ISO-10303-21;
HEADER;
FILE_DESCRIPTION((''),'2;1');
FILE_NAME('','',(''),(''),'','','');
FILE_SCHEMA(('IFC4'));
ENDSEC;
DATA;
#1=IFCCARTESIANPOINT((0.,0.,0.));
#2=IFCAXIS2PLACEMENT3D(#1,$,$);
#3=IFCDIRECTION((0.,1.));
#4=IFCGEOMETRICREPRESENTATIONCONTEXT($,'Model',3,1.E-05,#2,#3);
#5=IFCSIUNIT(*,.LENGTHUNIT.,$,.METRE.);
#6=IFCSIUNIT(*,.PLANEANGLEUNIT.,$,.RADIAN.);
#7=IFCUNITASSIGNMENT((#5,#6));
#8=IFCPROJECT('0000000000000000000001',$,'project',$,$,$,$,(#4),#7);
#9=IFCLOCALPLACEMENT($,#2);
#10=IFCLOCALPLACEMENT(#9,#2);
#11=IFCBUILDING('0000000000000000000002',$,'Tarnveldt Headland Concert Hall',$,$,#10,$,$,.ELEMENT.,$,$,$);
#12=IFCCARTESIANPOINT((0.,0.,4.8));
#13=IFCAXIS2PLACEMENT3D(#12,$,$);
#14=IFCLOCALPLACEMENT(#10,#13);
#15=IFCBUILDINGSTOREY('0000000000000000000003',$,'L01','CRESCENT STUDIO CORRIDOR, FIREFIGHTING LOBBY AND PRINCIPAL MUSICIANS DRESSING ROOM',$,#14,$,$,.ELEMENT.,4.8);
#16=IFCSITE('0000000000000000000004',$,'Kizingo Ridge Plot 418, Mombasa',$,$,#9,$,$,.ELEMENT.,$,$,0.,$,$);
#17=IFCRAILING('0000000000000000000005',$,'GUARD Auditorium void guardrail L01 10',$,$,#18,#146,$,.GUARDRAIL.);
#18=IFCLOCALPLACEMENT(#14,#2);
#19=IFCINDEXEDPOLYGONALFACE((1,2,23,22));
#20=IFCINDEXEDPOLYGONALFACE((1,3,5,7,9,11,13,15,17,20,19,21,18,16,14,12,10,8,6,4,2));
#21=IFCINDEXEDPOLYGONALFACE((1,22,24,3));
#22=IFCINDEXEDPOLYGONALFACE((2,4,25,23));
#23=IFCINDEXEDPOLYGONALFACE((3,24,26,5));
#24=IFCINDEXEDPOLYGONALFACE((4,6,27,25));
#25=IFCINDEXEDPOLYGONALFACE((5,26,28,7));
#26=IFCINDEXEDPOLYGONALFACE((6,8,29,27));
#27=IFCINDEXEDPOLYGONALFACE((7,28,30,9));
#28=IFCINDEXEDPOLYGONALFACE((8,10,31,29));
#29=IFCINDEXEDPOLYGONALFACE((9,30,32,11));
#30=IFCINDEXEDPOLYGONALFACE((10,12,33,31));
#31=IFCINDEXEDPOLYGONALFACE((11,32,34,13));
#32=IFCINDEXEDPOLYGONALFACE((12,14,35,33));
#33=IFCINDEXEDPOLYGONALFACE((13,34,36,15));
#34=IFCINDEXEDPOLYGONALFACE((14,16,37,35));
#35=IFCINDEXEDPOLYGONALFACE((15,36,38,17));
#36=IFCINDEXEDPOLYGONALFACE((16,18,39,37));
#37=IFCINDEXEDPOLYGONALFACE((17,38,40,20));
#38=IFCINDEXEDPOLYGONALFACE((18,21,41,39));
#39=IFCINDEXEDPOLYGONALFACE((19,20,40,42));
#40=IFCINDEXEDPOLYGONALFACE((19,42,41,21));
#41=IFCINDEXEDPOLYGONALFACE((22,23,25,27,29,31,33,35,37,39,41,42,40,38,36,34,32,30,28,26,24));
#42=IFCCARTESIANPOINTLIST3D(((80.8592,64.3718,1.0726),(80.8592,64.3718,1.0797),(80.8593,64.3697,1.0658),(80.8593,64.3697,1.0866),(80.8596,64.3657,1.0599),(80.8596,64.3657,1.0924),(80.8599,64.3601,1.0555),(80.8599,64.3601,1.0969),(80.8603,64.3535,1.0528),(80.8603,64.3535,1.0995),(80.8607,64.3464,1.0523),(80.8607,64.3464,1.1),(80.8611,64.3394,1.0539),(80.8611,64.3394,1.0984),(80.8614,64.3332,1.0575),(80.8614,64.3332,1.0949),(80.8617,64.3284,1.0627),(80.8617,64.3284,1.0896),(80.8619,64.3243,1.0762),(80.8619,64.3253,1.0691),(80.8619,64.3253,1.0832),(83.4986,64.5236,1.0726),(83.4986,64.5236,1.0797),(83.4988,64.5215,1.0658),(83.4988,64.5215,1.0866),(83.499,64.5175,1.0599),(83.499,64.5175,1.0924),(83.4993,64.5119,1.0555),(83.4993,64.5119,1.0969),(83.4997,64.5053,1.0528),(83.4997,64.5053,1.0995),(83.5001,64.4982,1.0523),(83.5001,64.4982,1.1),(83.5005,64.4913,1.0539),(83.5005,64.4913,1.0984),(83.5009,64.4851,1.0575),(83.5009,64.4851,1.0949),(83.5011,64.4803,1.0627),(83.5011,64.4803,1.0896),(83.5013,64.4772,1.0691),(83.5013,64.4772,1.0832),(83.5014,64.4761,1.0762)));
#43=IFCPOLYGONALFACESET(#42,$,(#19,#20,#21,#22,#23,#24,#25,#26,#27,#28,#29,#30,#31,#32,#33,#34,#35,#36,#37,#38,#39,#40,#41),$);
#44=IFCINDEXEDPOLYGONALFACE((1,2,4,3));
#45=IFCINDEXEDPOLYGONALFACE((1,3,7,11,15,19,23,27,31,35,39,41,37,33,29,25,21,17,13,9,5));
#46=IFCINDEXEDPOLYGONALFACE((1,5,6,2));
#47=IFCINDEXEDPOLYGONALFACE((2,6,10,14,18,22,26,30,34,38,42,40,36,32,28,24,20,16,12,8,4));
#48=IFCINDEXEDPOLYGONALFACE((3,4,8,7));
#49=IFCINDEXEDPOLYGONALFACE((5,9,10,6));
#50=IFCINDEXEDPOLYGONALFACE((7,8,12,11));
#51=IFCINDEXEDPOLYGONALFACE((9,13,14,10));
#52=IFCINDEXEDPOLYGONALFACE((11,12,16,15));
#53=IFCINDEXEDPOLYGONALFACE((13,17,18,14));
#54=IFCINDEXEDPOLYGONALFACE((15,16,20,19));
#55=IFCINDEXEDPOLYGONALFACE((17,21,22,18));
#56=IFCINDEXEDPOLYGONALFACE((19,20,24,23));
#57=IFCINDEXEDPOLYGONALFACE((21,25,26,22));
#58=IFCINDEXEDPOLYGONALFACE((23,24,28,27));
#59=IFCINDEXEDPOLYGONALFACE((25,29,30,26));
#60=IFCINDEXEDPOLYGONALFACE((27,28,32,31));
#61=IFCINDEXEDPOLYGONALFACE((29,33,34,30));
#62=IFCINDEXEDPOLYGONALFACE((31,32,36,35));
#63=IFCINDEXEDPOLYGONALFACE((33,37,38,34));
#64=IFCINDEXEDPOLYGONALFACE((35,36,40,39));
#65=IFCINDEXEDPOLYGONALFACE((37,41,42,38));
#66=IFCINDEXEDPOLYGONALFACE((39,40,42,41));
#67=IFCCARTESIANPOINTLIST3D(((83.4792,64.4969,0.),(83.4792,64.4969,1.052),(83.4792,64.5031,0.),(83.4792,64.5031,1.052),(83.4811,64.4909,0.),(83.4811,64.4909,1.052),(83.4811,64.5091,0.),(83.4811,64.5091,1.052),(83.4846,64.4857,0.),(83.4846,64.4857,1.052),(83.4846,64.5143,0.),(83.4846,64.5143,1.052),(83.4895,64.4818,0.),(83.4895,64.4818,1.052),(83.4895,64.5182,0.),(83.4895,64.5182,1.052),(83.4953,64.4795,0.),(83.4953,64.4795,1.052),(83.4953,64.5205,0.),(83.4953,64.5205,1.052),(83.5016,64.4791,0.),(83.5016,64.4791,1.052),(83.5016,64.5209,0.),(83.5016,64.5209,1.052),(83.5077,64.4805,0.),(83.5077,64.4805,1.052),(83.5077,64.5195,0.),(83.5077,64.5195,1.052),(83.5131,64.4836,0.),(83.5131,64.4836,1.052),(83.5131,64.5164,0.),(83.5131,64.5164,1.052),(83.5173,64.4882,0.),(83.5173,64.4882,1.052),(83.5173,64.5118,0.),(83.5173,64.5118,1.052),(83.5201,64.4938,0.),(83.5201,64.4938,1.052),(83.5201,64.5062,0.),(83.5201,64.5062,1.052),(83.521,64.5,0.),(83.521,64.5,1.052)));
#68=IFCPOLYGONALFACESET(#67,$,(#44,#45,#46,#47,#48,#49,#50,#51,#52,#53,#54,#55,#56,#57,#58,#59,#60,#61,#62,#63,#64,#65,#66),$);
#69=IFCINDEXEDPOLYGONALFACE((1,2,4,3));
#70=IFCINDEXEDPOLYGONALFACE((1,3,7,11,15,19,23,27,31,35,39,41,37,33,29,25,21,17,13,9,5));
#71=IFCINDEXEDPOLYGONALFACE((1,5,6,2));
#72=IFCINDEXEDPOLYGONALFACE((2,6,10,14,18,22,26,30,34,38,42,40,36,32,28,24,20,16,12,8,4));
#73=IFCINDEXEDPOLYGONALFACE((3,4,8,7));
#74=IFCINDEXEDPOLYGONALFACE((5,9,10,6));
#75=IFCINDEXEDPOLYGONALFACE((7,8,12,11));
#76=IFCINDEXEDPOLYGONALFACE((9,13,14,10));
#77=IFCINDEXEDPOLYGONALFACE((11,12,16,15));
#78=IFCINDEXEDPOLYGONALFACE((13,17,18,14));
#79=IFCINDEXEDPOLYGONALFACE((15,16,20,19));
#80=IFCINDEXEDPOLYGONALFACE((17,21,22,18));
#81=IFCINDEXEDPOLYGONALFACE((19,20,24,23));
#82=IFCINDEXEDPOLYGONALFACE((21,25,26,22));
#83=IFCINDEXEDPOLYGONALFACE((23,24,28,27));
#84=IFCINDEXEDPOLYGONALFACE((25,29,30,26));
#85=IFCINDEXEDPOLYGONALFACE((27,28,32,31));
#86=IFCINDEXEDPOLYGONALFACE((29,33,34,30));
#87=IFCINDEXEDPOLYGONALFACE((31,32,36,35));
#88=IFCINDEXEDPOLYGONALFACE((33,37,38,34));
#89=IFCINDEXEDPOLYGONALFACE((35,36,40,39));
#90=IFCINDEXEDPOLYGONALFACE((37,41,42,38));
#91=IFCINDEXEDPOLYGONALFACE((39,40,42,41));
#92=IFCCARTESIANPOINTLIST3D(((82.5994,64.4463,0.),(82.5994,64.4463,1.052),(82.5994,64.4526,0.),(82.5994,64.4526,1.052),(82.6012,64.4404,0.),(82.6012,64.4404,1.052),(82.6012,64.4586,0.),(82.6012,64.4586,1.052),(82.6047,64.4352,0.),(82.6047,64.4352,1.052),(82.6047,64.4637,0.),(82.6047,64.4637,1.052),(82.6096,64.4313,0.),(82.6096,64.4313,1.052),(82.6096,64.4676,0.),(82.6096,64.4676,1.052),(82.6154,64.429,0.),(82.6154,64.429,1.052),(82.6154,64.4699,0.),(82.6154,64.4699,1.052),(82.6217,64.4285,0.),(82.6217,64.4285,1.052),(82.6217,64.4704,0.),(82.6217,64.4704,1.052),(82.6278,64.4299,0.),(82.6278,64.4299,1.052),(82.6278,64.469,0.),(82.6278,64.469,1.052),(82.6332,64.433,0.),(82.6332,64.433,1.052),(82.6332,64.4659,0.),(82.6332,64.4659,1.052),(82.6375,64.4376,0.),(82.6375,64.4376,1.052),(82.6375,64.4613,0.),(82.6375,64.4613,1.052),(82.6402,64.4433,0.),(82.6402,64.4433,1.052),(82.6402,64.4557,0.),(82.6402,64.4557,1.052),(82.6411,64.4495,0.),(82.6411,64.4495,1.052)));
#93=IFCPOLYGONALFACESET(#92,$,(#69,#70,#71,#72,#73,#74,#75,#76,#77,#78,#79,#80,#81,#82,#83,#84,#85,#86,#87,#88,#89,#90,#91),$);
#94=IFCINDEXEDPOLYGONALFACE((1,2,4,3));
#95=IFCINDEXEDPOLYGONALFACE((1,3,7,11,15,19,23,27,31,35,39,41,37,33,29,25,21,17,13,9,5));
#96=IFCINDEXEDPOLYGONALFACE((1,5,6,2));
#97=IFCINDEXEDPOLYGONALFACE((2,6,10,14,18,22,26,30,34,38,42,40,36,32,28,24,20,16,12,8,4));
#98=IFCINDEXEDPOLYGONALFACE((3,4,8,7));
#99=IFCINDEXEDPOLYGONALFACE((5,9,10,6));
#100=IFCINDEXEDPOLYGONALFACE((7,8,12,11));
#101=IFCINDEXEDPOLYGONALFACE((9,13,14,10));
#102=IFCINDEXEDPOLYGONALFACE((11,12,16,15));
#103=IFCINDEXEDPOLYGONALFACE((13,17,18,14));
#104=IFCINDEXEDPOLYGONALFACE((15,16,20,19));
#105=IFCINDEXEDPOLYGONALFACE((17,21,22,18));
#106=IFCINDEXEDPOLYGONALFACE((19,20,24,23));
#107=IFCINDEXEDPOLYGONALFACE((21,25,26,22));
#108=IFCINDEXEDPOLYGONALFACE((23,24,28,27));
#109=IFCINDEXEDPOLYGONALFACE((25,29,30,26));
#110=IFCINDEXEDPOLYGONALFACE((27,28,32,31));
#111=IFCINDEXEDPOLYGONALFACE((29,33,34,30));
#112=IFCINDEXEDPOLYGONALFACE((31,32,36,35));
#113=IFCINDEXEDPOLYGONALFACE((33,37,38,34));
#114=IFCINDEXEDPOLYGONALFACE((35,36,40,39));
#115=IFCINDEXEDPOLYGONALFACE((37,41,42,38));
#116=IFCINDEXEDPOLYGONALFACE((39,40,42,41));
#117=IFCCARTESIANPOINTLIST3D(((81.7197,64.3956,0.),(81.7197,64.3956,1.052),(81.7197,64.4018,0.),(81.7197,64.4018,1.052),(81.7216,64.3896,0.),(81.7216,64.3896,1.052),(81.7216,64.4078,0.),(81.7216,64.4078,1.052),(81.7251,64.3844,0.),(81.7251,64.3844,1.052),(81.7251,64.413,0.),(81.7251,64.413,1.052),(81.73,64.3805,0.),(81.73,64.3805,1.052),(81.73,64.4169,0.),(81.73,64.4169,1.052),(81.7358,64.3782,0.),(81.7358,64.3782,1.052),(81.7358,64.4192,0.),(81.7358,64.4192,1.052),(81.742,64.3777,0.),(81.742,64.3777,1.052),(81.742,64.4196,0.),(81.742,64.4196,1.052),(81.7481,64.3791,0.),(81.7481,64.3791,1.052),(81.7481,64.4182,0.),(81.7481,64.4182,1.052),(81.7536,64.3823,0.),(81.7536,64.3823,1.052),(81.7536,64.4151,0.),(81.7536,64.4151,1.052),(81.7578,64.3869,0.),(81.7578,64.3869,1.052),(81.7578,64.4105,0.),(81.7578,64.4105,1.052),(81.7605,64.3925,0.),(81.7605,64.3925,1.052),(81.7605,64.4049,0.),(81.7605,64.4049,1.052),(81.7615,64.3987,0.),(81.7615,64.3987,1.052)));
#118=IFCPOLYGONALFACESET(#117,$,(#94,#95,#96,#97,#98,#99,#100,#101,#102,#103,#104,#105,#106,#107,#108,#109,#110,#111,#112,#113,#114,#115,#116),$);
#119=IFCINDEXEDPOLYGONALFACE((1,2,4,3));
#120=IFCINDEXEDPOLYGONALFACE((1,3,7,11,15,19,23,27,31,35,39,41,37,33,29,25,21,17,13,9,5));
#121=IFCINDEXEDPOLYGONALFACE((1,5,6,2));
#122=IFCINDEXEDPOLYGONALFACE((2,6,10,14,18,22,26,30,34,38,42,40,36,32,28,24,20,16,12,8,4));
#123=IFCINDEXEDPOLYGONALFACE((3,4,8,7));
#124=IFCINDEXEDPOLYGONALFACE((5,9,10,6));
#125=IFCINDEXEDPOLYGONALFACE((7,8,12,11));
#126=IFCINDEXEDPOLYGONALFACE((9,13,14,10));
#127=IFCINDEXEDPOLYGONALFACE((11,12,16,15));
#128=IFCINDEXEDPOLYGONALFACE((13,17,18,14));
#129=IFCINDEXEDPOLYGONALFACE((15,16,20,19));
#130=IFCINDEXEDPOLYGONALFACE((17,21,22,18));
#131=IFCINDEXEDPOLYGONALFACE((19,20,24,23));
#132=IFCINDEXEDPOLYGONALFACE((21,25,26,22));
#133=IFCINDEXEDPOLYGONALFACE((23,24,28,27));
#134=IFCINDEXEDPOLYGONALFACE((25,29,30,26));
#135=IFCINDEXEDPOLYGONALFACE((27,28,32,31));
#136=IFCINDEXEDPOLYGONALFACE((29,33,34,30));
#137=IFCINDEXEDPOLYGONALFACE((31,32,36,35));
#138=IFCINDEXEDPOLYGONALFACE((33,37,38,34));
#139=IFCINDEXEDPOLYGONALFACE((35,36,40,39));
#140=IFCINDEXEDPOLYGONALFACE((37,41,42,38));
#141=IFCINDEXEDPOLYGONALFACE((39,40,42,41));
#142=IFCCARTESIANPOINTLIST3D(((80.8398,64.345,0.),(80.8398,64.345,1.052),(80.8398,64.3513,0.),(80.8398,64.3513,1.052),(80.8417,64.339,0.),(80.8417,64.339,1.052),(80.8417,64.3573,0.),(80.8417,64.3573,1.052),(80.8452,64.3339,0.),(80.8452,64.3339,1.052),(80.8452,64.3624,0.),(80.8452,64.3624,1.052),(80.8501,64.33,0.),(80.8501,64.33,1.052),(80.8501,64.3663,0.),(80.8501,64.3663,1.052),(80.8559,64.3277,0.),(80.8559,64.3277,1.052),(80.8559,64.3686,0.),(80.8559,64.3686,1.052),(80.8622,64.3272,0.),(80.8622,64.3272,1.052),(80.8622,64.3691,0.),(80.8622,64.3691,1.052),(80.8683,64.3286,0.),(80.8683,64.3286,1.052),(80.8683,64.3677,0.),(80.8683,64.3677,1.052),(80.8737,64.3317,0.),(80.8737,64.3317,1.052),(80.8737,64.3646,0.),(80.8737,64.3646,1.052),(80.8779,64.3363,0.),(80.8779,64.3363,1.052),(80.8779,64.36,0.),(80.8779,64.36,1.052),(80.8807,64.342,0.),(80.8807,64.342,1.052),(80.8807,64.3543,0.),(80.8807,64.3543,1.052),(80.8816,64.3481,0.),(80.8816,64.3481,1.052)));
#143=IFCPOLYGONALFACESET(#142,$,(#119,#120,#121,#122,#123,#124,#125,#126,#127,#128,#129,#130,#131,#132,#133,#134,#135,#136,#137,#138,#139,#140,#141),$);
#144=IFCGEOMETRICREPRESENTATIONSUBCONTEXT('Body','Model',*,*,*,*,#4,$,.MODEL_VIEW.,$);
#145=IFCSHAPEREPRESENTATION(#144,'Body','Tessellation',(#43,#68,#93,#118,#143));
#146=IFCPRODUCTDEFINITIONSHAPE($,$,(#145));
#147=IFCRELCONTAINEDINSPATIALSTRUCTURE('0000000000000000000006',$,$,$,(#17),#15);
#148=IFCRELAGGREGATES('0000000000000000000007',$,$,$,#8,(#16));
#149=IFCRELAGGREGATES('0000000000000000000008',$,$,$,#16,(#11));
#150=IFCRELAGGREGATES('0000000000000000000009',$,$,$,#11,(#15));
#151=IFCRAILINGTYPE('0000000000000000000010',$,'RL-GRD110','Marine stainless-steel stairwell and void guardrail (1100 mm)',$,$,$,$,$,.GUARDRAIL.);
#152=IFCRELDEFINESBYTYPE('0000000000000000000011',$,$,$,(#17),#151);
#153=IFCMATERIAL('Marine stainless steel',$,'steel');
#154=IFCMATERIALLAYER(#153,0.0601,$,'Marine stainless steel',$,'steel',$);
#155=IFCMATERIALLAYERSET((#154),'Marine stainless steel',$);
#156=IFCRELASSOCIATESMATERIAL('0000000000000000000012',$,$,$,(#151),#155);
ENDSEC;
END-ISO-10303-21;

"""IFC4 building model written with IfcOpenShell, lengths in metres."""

from ifc_helpers import new_model, si_unit, direction, frame, origin, origin_2d, place, context, subcontext, project, spatial, circle, extrude, material, layer, layer_set, type_object, element, save


model = new_model("IFC4")

# Units and contexts
model_context = context("Model", 3, precision=1e-05, world=origin(), true_north=direction((0.0, 1.0)))
body_context = subcontext(model_context, "Body", "Model", "MODEL_VIEW")
ifc_project = project(units=[si_unit("LENGTHUNIT", "METRE"), si_unit("PLANEANGLEUNIT", "RADIAN")], contexts=[model_context])

# Site, building, storey
site_placement = place(None, origin())
site = spatial("IfcSite", under=ifc_project, at=site_placement, Name="Kizingo Ridge Plot 418, Mombasa", CompositionType="ELEMENT", RefElevation=0.0)
building_placement = place(site_placement, origin())
building = spatial("IfcBuilding", under=site, at=building_placement, Name="Tarnveldt Headland Concert Hall", CompositionType="ELEMENT")
storey_placement = place(building_placement, frame((0.0, 0.0, 4.8)))
storey = spatial("IfcBuildingStorey", under=building, at=storey_placement, Name="L01", Description="CRESCENT STUDIO CORRIDOR, FIREFIGHTING LOBBY AND PRINCIPAL MUSICIANS DRESSING ROOM", CompositionType="ELEMENT", Elevation=4.8)

# Railing
ifc_material_1 = material(Name="Marine stainless steel", Category="steel")
ifc_layer_1 = layer(ifc_material_1, 0.0601, Name="Marine stainless steel", Category="steel")
ifc_layer_set_1 = layer_set([ifc_layer_1], Name="Marine stainless steel")
railing_type = type_object("IfcRailingType", Name="RL-GRD110", Description="Marine stainless-steel stairwell and void guardrail (1100 mm)", PredefinedType="GUARDRAIL", material=ifc_layer_set_1)
railing_1_placement = place(storey_placement, frame((83.5, 64.5, 0.0)))
element("IfcRailing", 1, at=railing_1_placement, inside=storey, type_object=railing_type, Name="GUARD Auditorium void guardrail L01 10", PredefinedType="GUARDRAIL", context=body_context, shape_type="SweptSolid", body=[
    extrude(circle(Radius=0.0239, at=origin_2d()), frame((0.0, 0.0, 1.0762), z_axis=(-0.998349, -0.057439, 0.0), x_axis=(0.057439, -0.998349, 0.0)), (0.0, 0.0, 1.0), 2.6438),
    extrude(circle(Radius=0.021, at=origin_2d()), origin(), (0.0, 0.0, 1.0), 1.052),
    extrude(circle(Radius=0.021, at=origin_2d()), frame((-0.8799, -0.0505, 0.0)), (0.0, 0.0, 1.0), 1.052),
    extrude(circle(Radius=0.021, at=origin_2d()), frame((-1.7595, -0.1013, 0.0)), (0.0, 0.0, 1.0), 1.052),
    extrude(circle(Radius=0.021, at=origin_2d()), frame((-2.6394, -0.1519, 0.0)), (0.0, 0.0, 1.0), 1.052),
])

save(model, "model.ifc")
